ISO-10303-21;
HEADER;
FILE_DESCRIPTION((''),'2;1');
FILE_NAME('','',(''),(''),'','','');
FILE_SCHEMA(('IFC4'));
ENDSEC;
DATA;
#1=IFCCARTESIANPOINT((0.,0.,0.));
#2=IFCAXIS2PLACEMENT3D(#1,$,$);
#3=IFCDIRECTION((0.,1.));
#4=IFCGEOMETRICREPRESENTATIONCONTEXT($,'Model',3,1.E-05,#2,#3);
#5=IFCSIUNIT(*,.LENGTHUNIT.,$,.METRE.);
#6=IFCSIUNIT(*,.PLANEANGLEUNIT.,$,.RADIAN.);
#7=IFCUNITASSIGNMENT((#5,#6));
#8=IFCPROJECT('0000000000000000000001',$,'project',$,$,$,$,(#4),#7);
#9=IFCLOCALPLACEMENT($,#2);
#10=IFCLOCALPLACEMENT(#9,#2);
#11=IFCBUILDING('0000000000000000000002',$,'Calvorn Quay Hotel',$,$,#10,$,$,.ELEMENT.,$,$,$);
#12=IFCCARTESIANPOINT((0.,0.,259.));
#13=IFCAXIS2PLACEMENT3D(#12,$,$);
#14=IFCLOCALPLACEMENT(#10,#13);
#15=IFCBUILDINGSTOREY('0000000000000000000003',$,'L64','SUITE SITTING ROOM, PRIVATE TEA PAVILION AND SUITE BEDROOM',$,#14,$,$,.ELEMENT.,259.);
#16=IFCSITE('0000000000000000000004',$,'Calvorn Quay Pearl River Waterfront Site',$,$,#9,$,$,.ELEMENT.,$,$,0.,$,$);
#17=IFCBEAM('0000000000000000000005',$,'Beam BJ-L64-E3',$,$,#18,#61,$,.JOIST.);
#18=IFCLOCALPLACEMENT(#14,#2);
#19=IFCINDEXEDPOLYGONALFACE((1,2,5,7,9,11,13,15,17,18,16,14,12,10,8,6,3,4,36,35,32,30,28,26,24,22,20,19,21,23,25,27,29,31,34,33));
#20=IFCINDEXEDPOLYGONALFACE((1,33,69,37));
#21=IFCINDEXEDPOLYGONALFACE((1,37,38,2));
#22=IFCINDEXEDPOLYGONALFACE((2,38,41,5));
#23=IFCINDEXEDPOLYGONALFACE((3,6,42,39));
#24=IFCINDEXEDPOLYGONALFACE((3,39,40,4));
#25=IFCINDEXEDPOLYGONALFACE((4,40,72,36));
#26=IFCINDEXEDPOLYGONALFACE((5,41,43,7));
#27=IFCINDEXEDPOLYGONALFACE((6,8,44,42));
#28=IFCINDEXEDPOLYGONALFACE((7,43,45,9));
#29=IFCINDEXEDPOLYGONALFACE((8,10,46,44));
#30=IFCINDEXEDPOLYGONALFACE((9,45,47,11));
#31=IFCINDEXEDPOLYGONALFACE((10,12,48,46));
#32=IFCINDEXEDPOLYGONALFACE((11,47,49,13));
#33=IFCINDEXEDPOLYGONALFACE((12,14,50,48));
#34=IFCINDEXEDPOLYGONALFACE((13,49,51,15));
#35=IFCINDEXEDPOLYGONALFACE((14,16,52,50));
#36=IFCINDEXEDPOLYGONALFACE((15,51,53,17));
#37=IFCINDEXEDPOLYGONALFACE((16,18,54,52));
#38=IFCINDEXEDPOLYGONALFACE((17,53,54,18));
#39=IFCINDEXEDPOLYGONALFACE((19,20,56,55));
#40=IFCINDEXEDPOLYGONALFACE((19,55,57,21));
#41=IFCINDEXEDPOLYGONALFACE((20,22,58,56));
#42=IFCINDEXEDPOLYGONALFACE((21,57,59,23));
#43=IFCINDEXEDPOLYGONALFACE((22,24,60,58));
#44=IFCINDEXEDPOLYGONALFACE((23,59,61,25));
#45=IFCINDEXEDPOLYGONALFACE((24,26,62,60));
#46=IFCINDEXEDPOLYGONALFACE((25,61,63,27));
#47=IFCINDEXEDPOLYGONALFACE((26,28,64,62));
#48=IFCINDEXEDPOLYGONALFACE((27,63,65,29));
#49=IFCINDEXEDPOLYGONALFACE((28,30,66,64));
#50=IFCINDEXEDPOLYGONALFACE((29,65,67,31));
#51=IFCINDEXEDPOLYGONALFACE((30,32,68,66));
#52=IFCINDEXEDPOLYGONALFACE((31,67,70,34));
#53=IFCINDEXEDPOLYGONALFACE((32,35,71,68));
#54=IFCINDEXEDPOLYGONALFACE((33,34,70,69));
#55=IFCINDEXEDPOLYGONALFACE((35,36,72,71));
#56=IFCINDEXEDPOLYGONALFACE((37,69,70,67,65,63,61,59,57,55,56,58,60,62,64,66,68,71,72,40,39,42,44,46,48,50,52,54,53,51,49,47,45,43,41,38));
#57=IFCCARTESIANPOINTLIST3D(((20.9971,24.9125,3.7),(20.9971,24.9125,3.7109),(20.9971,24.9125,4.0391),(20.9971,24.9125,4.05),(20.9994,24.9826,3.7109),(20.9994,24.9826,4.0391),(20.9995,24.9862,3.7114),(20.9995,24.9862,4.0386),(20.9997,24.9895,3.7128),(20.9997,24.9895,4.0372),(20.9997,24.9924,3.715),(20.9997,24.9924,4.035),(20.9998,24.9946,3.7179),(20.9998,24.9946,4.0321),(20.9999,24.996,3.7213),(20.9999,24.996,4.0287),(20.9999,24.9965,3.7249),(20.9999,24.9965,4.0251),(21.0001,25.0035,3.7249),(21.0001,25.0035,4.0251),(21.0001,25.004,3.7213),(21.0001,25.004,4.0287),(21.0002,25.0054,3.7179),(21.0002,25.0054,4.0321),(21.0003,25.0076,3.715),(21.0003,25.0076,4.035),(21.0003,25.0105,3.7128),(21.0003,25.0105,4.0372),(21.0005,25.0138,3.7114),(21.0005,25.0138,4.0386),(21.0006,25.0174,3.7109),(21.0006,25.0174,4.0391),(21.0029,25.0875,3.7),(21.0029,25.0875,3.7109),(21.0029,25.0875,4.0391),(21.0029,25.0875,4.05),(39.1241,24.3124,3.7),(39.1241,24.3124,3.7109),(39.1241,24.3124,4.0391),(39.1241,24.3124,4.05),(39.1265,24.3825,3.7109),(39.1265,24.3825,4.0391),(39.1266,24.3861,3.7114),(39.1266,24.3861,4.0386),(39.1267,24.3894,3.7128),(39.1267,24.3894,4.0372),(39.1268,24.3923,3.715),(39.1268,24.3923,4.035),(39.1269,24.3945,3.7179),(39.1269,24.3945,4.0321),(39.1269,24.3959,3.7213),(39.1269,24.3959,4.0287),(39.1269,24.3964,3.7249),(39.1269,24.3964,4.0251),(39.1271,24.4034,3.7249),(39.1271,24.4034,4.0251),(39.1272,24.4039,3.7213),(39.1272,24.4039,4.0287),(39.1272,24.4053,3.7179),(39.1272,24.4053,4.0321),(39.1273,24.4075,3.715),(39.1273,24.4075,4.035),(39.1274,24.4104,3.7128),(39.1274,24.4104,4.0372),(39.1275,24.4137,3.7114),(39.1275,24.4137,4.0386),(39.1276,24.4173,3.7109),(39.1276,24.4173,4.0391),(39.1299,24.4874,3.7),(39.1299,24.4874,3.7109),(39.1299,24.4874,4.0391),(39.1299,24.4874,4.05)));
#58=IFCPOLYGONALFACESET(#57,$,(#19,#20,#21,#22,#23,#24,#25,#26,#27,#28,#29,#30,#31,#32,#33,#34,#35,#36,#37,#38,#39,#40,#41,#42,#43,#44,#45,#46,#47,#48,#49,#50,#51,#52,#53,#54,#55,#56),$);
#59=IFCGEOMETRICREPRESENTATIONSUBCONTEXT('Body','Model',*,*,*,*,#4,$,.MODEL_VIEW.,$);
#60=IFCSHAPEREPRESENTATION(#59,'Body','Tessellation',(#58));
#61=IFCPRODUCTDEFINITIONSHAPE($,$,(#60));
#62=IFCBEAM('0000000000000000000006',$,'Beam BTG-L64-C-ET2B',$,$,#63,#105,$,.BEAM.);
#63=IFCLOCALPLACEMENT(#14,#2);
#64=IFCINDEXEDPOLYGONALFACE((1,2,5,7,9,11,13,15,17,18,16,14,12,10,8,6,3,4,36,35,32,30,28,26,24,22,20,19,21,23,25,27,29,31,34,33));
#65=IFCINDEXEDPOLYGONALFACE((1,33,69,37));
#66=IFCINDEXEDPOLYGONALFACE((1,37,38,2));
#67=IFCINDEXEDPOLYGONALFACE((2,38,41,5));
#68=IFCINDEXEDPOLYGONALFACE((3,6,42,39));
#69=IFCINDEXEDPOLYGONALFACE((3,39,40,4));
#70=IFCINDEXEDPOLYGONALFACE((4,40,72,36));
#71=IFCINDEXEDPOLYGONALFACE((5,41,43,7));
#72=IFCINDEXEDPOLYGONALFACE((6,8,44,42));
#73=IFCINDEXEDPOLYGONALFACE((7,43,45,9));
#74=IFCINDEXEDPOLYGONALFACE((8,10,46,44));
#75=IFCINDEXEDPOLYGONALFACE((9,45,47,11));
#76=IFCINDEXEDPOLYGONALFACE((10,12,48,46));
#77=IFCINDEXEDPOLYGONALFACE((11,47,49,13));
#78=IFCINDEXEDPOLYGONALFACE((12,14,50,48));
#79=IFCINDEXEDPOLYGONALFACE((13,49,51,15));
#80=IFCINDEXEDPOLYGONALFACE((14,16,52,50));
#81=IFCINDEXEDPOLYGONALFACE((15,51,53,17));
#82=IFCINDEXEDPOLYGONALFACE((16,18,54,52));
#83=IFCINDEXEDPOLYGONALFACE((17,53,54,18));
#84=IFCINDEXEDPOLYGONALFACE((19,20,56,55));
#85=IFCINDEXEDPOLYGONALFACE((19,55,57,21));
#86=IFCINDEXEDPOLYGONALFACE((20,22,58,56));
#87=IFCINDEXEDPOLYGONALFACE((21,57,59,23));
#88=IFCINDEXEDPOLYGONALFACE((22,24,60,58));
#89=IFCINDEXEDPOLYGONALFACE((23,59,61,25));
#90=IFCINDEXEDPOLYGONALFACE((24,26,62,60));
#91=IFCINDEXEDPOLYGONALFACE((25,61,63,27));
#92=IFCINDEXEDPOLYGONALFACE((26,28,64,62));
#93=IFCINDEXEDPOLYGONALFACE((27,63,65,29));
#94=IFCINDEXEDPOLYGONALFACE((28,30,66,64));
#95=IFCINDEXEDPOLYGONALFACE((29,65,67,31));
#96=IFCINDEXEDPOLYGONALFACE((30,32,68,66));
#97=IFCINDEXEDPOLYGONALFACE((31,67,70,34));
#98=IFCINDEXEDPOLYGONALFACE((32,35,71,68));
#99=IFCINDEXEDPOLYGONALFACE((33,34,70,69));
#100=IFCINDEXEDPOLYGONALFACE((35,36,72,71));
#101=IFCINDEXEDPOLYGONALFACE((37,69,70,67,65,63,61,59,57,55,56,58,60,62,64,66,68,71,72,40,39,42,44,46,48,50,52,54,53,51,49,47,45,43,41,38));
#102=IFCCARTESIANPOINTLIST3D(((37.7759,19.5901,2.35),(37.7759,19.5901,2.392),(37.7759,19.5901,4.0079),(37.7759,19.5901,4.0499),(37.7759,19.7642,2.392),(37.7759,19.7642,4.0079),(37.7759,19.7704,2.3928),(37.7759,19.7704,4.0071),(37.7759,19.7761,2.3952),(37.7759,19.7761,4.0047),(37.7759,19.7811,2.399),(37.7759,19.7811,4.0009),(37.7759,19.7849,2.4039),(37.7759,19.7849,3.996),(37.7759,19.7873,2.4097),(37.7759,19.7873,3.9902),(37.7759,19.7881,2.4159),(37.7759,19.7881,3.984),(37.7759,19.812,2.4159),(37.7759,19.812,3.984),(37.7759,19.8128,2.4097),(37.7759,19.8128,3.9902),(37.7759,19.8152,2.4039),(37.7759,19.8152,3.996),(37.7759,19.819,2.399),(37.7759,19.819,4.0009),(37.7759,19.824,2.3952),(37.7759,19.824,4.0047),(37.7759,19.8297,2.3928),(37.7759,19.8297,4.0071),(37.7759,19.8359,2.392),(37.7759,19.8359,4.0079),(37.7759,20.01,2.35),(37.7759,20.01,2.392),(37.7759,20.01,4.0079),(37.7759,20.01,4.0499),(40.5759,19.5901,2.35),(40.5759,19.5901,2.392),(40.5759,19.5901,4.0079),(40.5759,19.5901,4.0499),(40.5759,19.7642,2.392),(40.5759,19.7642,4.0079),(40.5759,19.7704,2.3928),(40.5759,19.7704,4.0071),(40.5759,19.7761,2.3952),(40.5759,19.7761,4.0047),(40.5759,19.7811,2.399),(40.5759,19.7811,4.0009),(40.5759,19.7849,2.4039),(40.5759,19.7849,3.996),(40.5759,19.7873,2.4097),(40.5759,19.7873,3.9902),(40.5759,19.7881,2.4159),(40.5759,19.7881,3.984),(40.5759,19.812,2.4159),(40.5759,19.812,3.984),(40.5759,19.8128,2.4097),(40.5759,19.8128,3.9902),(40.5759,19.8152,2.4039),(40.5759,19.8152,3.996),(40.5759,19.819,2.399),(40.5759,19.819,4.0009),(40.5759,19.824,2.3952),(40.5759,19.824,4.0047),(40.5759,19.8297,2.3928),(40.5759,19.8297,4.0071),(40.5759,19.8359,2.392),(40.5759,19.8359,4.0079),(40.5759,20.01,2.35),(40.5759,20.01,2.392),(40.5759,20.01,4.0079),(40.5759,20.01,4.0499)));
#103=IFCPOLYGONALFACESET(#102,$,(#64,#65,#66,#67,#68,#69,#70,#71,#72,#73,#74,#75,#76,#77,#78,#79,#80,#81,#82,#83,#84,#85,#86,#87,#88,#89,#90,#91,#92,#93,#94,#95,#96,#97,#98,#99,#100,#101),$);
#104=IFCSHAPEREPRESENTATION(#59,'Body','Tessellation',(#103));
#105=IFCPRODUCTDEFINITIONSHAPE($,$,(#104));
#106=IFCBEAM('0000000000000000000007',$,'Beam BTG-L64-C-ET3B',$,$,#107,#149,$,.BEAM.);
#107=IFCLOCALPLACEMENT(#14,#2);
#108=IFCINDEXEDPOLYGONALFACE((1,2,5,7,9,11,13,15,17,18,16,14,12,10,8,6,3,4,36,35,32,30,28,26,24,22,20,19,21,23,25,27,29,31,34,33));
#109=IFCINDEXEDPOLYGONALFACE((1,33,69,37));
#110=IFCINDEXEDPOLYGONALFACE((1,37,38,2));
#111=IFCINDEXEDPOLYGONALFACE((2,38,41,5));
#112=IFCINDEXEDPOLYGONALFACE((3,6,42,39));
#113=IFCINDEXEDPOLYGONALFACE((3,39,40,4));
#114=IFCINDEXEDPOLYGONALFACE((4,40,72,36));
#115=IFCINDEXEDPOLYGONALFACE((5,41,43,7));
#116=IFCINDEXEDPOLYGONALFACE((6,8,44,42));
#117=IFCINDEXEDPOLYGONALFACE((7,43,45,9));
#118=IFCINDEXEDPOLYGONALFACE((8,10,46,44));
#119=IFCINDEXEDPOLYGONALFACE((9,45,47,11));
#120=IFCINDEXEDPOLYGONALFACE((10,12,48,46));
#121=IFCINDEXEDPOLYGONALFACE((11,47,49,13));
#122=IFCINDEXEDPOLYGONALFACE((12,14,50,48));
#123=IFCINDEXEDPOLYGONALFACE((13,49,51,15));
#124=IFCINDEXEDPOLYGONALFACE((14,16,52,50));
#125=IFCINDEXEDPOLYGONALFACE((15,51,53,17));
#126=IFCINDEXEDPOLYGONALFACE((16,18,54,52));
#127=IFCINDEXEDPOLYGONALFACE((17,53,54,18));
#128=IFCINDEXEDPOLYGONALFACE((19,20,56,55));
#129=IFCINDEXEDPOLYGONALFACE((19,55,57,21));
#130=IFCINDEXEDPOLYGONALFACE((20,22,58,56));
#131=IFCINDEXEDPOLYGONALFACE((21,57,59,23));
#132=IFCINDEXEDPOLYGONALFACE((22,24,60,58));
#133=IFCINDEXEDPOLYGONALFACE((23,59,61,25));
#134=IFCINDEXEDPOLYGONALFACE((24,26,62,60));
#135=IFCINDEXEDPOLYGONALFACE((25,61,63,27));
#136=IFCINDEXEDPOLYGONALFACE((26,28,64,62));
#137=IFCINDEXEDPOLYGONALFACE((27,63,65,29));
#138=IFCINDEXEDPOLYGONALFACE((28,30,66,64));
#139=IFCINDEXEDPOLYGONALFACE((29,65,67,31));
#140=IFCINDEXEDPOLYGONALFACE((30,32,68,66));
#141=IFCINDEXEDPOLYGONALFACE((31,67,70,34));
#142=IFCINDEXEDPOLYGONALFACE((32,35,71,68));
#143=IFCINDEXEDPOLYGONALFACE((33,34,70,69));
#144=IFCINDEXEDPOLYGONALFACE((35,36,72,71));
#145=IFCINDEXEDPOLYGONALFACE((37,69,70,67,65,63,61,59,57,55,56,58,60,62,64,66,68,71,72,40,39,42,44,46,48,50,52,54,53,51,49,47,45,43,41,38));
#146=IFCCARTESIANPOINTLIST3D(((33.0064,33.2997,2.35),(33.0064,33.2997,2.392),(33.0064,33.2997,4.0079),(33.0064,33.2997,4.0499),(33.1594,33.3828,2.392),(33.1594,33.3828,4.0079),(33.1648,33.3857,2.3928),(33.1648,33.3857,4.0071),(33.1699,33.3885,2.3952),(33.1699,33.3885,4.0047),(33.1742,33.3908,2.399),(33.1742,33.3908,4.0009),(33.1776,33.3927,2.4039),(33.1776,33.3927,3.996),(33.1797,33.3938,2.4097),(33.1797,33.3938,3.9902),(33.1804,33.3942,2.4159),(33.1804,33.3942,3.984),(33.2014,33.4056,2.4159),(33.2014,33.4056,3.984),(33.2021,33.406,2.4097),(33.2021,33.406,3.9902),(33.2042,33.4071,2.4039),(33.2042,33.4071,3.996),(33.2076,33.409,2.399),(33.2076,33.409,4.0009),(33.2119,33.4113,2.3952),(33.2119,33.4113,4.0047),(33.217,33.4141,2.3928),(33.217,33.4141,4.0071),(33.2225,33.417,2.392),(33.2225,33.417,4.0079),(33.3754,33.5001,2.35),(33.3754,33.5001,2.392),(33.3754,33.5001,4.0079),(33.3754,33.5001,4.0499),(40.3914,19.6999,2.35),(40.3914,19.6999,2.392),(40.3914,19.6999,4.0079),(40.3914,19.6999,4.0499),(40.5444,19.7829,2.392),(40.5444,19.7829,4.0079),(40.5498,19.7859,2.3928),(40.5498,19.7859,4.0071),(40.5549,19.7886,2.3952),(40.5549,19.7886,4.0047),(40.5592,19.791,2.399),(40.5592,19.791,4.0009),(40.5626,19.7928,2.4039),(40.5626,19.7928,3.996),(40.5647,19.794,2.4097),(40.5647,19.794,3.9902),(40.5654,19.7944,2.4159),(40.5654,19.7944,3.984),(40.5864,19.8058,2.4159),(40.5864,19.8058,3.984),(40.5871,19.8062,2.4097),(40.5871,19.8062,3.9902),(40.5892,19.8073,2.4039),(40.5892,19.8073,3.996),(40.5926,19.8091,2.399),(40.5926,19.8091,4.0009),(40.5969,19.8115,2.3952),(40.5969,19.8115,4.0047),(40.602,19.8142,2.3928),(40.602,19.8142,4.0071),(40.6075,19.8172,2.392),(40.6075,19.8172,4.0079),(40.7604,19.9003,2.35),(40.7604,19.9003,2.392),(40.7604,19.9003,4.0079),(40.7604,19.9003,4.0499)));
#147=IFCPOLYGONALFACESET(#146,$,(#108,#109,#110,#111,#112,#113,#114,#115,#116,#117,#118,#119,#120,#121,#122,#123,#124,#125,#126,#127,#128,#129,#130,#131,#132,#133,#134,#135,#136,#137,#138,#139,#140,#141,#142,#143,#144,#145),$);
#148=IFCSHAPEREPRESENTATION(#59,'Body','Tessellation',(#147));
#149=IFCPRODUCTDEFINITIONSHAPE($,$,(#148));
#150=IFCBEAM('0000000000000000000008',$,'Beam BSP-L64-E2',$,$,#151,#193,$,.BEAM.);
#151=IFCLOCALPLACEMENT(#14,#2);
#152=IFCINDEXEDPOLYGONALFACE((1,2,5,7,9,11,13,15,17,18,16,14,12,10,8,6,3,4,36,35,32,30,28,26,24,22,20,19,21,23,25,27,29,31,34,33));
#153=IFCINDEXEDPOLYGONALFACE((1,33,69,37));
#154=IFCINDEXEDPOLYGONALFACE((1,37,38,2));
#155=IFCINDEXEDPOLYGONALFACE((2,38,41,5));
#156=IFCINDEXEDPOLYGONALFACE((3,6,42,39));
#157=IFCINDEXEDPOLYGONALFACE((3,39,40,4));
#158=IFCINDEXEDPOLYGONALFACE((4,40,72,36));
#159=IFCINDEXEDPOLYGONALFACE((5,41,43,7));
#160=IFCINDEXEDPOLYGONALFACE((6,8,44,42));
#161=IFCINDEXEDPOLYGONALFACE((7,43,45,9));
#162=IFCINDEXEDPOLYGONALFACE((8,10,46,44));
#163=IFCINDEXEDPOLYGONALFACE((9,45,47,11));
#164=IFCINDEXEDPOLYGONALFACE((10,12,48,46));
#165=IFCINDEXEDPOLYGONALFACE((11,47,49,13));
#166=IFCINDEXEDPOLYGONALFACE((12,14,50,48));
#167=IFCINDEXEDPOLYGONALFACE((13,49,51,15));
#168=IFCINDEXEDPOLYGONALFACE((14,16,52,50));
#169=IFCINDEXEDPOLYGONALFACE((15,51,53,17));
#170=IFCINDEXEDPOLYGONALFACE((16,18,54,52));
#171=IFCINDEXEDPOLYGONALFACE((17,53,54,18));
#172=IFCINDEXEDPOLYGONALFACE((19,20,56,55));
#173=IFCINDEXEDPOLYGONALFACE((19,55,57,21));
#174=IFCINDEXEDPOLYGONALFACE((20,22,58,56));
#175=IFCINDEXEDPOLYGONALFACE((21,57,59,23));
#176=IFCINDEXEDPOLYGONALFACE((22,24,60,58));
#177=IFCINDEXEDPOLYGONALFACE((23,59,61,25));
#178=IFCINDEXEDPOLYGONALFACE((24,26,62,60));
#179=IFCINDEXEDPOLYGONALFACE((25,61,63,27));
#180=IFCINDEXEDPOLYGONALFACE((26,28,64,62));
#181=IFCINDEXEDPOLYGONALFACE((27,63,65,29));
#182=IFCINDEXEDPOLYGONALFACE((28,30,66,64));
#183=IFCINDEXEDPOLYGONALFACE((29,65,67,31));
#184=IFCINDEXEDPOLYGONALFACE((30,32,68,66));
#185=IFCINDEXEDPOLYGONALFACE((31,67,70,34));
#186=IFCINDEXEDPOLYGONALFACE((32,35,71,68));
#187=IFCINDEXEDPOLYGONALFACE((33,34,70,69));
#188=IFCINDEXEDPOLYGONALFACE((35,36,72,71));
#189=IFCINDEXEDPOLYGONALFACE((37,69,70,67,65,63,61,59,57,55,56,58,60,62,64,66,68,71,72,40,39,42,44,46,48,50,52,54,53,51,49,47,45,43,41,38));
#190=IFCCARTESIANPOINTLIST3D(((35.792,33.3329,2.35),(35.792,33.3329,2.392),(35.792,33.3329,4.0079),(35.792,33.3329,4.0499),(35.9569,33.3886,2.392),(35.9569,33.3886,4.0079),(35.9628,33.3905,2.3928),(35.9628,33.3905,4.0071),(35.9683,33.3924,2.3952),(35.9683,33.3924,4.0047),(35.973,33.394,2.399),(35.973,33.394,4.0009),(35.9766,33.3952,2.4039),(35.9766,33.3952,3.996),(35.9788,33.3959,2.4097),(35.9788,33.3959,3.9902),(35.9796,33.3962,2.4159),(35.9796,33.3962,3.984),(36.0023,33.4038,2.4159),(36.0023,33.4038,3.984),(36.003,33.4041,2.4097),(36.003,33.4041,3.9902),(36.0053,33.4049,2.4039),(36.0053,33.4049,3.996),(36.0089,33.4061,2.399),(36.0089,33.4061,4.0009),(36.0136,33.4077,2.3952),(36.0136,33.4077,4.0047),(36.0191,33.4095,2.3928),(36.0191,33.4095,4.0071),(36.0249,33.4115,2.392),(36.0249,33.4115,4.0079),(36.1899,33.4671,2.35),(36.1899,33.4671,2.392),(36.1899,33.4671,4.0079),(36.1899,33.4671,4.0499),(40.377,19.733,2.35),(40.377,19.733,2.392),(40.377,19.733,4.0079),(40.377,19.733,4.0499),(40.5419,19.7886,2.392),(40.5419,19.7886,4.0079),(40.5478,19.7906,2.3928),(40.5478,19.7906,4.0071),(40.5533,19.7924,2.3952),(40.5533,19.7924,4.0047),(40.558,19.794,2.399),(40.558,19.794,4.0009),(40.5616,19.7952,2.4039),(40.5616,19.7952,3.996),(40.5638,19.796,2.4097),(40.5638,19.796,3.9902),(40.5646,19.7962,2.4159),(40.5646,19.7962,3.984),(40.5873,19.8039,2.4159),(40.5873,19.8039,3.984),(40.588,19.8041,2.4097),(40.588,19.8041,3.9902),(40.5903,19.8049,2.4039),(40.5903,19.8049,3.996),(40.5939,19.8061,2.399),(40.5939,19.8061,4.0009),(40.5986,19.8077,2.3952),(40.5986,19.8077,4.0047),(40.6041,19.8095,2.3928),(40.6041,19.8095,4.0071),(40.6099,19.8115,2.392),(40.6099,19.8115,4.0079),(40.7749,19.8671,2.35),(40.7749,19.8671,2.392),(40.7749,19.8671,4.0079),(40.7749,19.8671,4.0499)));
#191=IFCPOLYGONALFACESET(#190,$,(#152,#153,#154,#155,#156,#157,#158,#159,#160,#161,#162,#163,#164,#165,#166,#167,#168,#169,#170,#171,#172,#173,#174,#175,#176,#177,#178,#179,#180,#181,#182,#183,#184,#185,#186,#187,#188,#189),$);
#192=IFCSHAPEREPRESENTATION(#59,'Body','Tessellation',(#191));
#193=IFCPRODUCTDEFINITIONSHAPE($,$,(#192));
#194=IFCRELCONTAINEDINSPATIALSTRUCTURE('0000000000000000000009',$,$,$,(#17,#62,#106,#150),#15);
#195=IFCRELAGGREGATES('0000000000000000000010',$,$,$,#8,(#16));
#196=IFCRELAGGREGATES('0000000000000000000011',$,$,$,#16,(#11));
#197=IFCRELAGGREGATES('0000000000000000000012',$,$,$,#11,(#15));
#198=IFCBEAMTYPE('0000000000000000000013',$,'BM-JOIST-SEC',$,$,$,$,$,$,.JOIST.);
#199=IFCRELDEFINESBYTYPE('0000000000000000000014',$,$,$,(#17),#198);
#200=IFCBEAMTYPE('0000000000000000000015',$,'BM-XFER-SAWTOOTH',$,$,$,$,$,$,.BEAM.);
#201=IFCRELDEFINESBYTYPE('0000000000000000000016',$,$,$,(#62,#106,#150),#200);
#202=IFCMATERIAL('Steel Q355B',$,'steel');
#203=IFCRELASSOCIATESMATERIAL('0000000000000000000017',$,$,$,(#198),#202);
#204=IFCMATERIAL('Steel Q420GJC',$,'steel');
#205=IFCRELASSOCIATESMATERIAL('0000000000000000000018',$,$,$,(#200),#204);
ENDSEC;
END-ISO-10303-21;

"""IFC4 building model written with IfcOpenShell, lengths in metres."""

from ifc_helpers import new_model, si_unit, direction, frame, origin, origin_2d, place, context, subcontext, project, spatial, i_section, extrude, material, material_profile, profile_set, type_object, element, save


model = new_model("IFC4")

# Units and contexts
model_context = context("Model", 3, precision=1e-05, world=origin(), true_north=direction((0.0, 1.0)))
body_context = subcontext(model_context, "Body", "Model", "MODEL_VIEW")
ifc_project = project(units=[si_unit("LENGTHUNIT", "METRE"), si_unit("PLANEANGLEUNIT", "RADIAN")], contexts=[model_context])

# Site, building, storey
site_placement = place(None, origin())
site = spatial("IfcSite", under=ifc_project, at=site_placement, Name="Calvorn Quay Pearl River Waterfront Site", CompositionType="ELEMENT", RefElevation=0.0)
building_placement = place(site_placement, origin())
building = spatial("IfcBuilding", under=site, at=building_placement, Name="Calvorn Quay Hotel", CompositionType="ELEMENT")
storey_placement = place(building_placement, frame((0.0, 0.0, 259.0)))
storey = spatial("IfcBuildingStorey", under=building, at=storey_placement, Name="L64", Description="SUITE SITTING ROOM, PRIVATE TEA PAVILION AND SUITE BEDROOM", CompositionType="ELEMENT", Elevation=259.0)

# Beams
ifc_material_1 = material(Name="Steel Q355B", Category="steel")
ifc_material_profile_1 = material_profile(ifc_material_1, i_section(OverallWidth=0.175, OverallDepth=0.3501, WebThickness=0.0071, FlangeThickness=0.011, FilletRadius=0.0139, at=origin_2d()), Name="HN350x175x7x11")
ifc_profile_set_1 = profile_set([ifc_material_profile_1], Name="Steel Q355B")
beam_type_1 = type_object("IfcBeamType", Name="BM-JOIST-SEC", PredefinedType="JOIST", material=ifc_profile_set_1)
beam_1_placement = place(storey_placement, frame((21.0, 25.0, 3.875), z_axis=(0.999452, -0.033087, 0.0), x_axis=(0.033087, 0.999452, 0.0)))
element("IfcBeam", 1, at=beam_1_placement, inside=storey, type_object=beam_type_1, Name="Beam BJ-L64-E3", PredefinedType="JOIST", context=body_context, shape_type="SweptSolid", body=[
    extrude(i_section(OverallWidth=0.175, OverallDepth=0.3501, WebThickness=0.0071, FlangeThickness=0.011, FilletRadius=0.0139, at=origin_2d()), origin(), (0.0, 0.0, 1.0), 18.137),
])
ifc_material_2 = material(Name="Steel Q420GJC", Category="steel")
ifc_material_profile_2 = material_profile(ifc_material_2, i_section(OverallWidth=0.4199, OverallDepth=1.7, WebThickness=0.0239, FlangeThickness=0.042, FilletRadius=0.0239, at=origin_2d()), Name="HN1700x420x24x42")
ifc_profile_set_2 = profile_set([ifc_material_profile_2], Name="Steel Q420GJC")
beam_type_2 = type_object("IfcBeamType", Name="BM-XFER-SAWTOOTH", PredefinedType="BEAM", material=ifc_profile_set_2)
beam_2_placement = place(storey_placement, frame((37.7759, 19.8, 3.2), z_axis=(1.0, 0.0, 0.0), x_axis=(0.0, 1.0, 0.0)))
element("IfcBeam", 2, at=beam_2_placement, inside=storey, type_object=beam_type_2, Name="Beam BTG-L64-C-ET2B", PredefinedType="BEAM", context=body_context, shape_type="SweptSolid", body=[
    extrude(i_section(OverallWidth=0.4199, OverallDepth=1.7, WebThickness=0.0239, FlangeThickness=0.042, FilletRadius=0.0239, at=origin_2d()), origin(), (0.0, 0.0, 1.0), 2.8),
])
beam_3_placement = place(storey_placement, frame((33.1909, 33.3999, 3.2), z_axis=(0.477203, -0.878793, 0.0), x_axis=(0.878793, 0.477203, 0.0)))
element("IfcBeam", 3, at=beam_3_placement, inside=storey, type_object=beam_type_2, Name="Beam BTG-L64-C-ET3B", PredefinedType="BEAM", context=body_context, shape_type="SweptSolid", body=[
    extrude(i_section(OverallWidth=0.4199, OverallDepth=1.7, WebThickness=0.0239, FlangeThickness=0.042, FilletRadius=0.0239, at=origin_2d()), origin(), (0.0, 0.0, 1.0), 15.4756),
])
beam_4_placement = place(storey_placement, frame((40.5759, 19.8, 3.2), z_axis=(-0.319467, 0.947598, 0.0), x_axis=(-0.947598, -0.319467, 0.0)))
element("IfcBeam", 4, at=beam_4_placement, inside=storey, type_object=beam_type_2, Name="Beam BSP-L64-E2", PredefinedType="BEAM", context=body_context, shape_type="SweptSolid", body=[
    extrude(i_section(OverallWidth=0.4199, OverallDepth=1.7, WebThickness=0.0239, FlangeThickness=0.042, FilletRadius=0.0239, at=origin_2d()), origin(), (0.0, 0.0, 1.0), 14.3521),
])

save(model, "model.ifc")
